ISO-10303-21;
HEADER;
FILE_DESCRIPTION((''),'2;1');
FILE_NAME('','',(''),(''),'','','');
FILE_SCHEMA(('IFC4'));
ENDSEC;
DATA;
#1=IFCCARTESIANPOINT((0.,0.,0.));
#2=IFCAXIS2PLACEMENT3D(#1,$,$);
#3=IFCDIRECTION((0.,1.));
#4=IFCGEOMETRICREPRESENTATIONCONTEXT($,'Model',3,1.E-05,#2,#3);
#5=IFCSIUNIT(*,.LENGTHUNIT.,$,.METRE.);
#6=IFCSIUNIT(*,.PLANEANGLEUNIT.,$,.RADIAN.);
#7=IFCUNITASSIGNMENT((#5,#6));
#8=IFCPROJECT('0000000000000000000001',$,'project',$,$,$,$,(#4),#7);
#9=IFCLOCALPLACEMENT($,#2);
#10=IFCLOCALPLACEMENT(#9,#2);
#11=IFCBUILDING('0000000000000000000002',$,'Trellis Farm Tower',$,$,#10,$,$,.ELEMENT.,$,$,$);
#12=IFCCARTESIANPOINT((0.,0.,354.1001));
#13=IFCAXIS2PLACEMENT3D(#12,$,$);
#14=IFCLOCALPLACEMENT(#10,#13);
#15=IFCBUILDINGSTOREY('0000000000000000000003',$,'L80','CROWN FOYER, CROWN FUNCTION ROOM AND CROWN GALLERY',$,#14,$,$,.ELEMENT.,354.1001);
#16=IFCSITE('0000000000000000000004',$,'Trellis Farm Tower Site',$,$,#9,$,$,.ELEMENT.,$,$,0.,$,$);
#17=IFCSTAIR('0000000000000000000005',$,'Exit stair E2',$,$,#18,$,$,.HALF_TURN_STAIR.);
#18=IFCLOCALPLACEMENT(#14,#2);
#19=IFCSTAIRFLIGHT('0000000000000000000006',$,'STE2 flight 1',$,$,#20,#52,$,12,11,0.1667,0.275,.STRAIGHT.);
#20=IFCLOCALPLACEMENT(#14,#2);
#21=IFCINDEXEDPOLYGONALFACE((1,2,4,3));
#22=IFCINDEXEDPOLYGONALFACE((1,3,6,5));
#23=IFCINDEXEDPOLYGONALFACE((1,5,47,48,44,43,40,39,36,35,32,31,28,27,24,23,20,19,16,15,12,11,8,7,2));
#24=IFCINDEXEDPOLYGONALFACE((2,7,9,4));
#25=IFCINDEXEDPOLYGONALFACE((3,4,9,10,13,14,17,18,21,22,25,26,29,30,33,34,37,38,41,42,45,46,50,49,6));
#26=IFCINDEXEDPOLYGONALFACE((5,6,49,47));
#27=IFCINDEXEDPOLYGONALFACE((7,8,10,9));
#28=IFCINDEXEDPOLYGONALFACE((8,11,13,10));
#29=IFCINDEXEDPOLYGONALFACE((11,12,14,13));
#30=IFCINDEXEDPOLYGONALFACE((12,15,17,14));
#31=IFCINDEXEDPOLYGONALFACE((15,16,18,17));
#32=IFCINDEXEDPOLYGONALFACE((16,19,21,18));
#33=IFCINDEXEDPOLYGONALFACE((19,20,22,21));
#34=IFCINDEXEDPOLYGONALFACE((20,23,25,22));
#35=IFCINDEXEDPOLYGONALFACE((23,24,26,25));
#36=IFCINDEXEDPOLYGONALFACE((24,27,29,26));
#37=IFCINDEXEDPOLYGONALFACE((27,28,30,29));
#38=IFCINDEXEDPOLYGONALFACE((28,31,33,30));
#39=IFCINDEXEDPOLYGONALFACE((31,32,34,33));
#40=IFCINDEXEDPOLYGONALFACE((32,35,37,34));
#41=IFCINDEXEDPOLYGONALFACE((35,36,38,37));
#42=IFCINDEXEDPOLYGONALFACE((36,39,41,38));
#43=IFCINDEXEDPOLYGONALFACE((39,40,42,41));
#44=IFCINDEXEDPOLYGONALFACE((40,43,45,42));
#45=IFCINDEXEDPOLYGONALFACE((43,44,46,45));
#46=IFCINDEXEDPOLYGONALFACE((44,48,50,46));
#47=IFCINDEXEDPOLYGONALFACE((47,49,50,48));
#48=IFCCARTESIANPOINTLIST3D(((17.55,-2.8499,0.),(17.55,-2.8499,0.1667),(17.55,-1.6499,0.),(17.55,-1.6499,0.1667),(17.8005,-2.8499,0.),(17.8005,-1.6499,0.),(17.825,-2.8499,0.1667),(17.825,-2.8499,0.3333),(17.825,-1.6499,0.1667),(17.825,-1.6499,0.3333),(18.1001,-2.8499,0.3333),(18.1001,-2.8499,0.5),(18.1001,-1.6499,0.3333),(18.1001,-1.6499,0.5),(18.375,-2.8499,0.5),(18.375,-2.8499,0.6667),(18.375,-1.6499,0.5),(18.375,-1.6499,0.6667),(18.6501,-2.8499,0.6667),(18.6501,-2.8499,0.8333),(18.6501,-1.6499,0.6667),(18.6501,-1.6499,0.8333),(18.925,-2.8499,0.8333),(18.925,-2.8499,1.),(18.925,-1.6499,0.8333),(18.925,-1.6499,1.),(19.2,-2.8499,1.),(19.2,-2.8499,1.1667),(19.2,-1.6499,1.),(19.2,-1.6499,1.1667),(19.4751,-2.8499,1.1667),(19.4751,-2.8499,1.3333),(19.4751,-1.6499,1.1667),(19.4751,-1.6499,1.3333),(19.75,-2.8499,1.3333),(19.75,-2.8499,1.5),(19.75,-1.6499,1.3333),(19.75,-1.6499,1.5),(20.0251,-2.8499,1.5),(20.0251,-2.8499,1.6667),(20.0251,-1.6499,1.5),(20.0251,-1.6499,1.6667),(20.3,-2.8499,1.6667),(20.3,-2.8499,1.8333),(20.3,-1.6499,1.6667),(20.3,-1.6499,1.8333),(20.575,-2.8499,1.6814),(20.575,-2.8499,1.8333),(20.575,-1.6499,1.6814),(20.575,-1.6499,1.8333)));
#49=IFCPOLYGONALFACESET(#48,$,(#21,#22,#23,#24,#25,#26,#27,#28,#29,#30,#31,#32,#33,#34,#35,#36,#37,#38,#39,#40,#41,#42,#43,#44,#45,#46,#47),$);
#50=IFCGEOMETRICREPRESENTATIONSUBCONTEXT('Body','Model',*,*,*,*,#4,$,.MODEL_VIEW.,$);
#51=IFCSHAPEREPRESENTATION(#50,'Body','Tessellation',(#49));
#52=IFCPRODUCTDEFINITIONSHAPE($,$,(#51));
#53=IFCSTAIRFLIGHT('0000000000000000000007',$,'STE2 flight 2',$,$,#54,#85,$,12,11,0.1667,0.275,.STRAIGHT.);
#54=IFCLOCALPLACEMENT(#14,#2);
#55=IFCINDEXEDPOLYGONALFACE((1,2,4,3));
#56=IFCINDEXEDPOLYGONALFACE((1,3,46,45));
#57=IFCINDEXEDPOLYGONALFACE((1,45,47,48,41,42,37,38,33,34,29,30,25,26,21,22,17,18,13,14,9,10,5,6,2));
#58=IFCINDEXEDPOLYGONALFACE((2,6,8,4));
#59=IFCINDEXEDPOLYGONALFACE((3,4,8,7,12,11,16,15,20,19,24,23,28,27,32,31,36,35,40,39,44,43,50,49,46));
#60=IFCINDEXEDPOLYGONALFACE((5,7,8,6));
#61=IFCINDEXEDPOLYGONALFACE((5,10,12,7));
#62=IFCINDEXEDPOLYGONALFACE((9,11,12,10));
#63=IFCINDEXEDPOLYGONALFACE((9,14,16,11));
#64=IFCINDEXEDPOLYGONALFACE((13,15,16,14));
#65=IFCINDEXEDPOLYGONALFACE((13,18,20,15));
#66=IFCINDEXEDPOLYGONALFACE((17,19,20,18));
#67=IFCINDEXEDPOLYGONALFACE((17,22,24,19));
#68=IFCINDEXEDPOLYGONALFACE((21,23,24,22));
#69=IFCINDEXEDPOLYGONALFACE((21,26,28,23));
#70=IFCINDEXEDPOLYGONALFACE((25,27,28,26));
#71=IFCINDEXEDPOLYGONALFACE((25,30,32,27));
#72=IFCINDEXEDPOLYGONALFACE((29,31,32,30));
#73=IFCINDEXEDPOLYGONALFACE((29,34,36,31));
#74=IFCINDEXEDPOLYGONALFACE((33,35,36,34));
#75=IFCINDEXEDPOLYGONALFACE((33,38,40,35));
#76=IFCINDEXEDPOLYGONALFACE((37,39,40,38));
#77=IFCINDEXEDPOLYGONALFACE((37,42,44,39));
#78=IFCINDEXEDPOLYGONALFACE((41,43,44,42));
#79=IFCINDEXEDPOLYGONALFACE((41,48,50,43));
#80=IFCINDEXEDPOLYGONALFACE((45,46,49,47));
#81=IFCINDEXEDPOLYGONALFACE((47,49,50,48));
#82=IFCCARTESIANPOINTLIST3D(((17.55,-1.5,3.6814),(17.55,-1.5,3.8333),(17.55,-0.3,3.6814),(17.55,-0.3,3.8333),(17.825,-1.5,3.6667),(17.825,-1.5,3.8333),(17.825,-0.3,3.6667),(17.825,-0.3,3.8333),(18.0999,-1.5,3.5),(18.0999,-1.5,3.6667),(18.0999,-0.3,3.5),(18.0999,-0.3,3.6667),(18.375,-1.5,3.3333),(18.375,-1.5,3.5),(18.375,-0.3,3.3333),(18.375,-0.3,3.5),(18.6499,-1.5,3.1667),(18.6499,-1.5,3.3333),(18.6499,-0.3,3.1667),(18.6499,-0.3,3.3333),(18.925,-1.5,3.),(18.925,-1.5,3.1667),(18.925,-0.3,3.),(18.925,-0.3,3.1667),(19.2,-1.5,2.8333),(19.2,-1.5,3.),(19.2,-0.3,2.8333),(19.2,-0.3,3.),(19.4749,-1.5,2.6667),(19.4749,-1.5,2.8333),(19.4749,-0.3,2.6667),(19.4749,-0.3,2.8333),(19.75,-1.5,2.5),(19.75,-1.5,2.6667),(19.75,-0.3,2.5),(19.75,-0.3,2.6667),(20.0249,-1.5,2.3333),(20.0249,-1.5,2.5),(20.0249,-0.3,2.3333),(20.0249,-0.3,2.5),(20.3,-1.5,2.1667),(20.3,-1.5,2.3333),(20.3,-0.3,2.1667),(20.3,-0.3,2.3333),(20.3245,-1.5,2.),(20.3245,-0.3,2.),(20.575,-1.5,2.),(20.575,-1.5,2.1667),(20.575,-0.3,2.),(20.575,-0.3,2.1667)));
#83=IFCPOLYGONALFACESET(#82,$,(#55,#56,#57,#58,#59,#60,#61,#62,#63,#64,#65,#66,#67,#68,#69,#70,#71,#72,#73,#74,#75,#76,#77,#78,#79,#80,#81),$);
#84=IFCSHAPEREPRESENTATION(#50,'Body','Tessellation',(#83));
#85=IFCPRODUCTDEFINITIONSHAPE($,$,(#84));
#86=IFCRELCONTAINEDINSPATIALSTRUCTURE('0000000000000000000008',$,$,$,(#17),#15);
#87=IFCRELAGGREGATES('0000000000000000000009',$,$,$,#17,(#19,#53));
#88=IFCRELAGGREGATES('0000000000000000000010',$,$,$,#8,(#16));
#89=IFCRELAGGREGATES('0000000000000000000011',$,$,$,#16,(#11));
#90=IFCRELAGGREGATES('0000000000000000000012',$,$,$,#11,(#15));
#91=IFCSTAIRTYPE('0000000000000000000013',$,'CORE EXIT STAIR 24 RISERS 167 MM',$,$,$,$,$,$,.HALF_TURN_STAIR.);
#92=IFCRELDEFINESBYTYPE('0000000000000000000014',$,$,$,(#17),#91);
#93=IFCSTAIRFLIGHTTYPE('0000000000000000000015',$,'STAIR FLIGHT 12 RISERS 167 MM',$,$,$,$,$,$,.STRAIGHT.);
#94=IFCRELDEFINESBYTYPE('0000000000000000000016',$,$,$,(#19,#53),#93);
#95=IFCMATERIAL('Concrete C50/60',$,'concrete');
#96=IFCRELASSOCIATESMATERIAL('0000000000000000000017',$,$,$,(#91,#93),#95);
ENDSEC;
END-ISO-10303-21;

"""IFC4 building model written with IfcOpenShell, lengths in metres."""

from ifc_helpers import new_model, si_unit, direction, frame, origin, place, context, subcontext, project, spatial, polyline, outline, extrude, source, transform, mapped, material, type_object, element, aggregate, save


model = new_model("IFC4")

# Units and contexts
model_context = context("Model", 3, precision=1e-05, world=origin(), true_north=direction((0.0, 1.0)))
body_context = subcontext(model_context, "Body", "Model", "MODEL_VIEW")
ifc_project = project(units=[si_unit("LENGTHUNIT", "METRE"), si_unit("PLANEANGLEUNIT", "RADIAN")], contexts=[model_context])

# Site, building, storey
site_placement = place(None, origin())
site = spatial("IfcSite", under=ifc_project, at=site_placement, Name="Trellis Farm Tower Site", CompositionType="ELEMENT", RefElevation=0.0)
building_placement = place(site_placement, origin())
building = spatial("IfcBuilding", under=site, at=building_placement, Name="Trellis Farm Tower", CompositionType="ELEMENT")
storey_placement = place(building_placement, frame((0.0, 0.0, 354.1001)))
storey = spatial("IfcBuildingStorey", under=building, at=storey_placement, Name="L80", Description="CROWN FOYER, CROWN FUNCTION ROOM AND CROWN GALLERY", CompositionType="ELEMENT", Elevation=354.1001)

# Shared definitions
ifc_material_1 = material(Name="Concrete C50/60", Category="concrete")

# Shared definitions
placement = place(storey_placement, origin())

# Stair, stair flights
stair_type = type_object("IfcStairType", Name="CORE EXIT STAIR 24 RISERS 167 MM", PredefinedType="HALF_TURN_STAIR", material=ifc_material_1)
stair_flight_type = type_object("IfcStairFlightType", Name="STAIR FLIGHT 12 RISERS 167 MM", PredefinedType="STRAIGHT", material=ifc_material_1)
shared_shape_1 = source(origin(), body_context, "Body", "SweptSolid", [
    extrude(outline(polyline([(0.0, 0.0), (0.0, 0.1667), (0.2749, 0.1667), (0.2749, 0.3333), (0.55, 0.3333), (0.55, 0.5), (0.825, 0.5), (0.825, 0.6667), (1.1001, 0.6667), (1.1001, 0.8333), (1.375, 0.8333), (1.375, 1.0), (1.6499, 1.0), (1.6499, 1.1667), (1.925, 1.1667), (1.925, 1.3333), (2.2, 1.3333), (2.2, 1.5), (2.4751, 1.5), (2.4751, 1.6667), (2.75, 1.6667), (2.75, 1.8333), (3.0249, 1.8333), (3.0249, 2.0), (3.0249, 1.6814), (0.2505, 0.0), (0.0, 0.0)])), frame((0.0, 0.6001, 0.0), z_axis=(0.0, -1.0, 0.0), x_axis=(1.0, 0.0, 0.0)), (0.0, 0.0, 1.0), 1.2),
])
stair_1 = element("IfcStair", 1, at=placement, inside=storey, type_object=stair_type, Name="Exit stair E2", PredefinedType="HALF_TURN_STAIR")
stair_flight_1_placement = place(storey_placement, frame((17.55, -2.25, 0.0), z_axis=(0.0, 0.0, 1.0), x_axis=(1.0, 0.0, 0.0)))
stair_flight_1 = element("IfcStairFlight", 2, at=stair_flight_1_placement, type_object=stair_flight_type, Name="STE2 flight 1", NumberOfRisers=12, NumberOfTreads=11, PredefinedType="STRAIGHT", RiserHeight=0.1667, TreadLength=0.275, context=body_context, shape_type="MappedRepresentation", body=[
    mapped(shared_shape_1, transform((0.0, 0.0, 0.0))),
])
stair_flight_2_placement = place(storey_placement, frame((20.575, -0.8999, 2.0), z_axis=(0.0, 0.0, 1.0), x_axis=(-1.0, 0.0, 0.0)))
stair_flight_2 = element("IfcStairFlight", 3, at=stair_flight_2_placement, type_object=stair_flight_type, Name="STE2 flight 2", NumberOfRisers=12, NumberOfTreads=11, PredefinedType="STRAIGHT", RiserHeight=0.1667, TreadLength=0.275, context=body_context, shape_type="MappedRepresentation", body=[
    mapped(shared_shape_1, transform((0.0, 0.0, 0.0))),
])
aggregate(stair_1, [stair_flight_1, stair_flight_2])

save(model, "model.ifc")
